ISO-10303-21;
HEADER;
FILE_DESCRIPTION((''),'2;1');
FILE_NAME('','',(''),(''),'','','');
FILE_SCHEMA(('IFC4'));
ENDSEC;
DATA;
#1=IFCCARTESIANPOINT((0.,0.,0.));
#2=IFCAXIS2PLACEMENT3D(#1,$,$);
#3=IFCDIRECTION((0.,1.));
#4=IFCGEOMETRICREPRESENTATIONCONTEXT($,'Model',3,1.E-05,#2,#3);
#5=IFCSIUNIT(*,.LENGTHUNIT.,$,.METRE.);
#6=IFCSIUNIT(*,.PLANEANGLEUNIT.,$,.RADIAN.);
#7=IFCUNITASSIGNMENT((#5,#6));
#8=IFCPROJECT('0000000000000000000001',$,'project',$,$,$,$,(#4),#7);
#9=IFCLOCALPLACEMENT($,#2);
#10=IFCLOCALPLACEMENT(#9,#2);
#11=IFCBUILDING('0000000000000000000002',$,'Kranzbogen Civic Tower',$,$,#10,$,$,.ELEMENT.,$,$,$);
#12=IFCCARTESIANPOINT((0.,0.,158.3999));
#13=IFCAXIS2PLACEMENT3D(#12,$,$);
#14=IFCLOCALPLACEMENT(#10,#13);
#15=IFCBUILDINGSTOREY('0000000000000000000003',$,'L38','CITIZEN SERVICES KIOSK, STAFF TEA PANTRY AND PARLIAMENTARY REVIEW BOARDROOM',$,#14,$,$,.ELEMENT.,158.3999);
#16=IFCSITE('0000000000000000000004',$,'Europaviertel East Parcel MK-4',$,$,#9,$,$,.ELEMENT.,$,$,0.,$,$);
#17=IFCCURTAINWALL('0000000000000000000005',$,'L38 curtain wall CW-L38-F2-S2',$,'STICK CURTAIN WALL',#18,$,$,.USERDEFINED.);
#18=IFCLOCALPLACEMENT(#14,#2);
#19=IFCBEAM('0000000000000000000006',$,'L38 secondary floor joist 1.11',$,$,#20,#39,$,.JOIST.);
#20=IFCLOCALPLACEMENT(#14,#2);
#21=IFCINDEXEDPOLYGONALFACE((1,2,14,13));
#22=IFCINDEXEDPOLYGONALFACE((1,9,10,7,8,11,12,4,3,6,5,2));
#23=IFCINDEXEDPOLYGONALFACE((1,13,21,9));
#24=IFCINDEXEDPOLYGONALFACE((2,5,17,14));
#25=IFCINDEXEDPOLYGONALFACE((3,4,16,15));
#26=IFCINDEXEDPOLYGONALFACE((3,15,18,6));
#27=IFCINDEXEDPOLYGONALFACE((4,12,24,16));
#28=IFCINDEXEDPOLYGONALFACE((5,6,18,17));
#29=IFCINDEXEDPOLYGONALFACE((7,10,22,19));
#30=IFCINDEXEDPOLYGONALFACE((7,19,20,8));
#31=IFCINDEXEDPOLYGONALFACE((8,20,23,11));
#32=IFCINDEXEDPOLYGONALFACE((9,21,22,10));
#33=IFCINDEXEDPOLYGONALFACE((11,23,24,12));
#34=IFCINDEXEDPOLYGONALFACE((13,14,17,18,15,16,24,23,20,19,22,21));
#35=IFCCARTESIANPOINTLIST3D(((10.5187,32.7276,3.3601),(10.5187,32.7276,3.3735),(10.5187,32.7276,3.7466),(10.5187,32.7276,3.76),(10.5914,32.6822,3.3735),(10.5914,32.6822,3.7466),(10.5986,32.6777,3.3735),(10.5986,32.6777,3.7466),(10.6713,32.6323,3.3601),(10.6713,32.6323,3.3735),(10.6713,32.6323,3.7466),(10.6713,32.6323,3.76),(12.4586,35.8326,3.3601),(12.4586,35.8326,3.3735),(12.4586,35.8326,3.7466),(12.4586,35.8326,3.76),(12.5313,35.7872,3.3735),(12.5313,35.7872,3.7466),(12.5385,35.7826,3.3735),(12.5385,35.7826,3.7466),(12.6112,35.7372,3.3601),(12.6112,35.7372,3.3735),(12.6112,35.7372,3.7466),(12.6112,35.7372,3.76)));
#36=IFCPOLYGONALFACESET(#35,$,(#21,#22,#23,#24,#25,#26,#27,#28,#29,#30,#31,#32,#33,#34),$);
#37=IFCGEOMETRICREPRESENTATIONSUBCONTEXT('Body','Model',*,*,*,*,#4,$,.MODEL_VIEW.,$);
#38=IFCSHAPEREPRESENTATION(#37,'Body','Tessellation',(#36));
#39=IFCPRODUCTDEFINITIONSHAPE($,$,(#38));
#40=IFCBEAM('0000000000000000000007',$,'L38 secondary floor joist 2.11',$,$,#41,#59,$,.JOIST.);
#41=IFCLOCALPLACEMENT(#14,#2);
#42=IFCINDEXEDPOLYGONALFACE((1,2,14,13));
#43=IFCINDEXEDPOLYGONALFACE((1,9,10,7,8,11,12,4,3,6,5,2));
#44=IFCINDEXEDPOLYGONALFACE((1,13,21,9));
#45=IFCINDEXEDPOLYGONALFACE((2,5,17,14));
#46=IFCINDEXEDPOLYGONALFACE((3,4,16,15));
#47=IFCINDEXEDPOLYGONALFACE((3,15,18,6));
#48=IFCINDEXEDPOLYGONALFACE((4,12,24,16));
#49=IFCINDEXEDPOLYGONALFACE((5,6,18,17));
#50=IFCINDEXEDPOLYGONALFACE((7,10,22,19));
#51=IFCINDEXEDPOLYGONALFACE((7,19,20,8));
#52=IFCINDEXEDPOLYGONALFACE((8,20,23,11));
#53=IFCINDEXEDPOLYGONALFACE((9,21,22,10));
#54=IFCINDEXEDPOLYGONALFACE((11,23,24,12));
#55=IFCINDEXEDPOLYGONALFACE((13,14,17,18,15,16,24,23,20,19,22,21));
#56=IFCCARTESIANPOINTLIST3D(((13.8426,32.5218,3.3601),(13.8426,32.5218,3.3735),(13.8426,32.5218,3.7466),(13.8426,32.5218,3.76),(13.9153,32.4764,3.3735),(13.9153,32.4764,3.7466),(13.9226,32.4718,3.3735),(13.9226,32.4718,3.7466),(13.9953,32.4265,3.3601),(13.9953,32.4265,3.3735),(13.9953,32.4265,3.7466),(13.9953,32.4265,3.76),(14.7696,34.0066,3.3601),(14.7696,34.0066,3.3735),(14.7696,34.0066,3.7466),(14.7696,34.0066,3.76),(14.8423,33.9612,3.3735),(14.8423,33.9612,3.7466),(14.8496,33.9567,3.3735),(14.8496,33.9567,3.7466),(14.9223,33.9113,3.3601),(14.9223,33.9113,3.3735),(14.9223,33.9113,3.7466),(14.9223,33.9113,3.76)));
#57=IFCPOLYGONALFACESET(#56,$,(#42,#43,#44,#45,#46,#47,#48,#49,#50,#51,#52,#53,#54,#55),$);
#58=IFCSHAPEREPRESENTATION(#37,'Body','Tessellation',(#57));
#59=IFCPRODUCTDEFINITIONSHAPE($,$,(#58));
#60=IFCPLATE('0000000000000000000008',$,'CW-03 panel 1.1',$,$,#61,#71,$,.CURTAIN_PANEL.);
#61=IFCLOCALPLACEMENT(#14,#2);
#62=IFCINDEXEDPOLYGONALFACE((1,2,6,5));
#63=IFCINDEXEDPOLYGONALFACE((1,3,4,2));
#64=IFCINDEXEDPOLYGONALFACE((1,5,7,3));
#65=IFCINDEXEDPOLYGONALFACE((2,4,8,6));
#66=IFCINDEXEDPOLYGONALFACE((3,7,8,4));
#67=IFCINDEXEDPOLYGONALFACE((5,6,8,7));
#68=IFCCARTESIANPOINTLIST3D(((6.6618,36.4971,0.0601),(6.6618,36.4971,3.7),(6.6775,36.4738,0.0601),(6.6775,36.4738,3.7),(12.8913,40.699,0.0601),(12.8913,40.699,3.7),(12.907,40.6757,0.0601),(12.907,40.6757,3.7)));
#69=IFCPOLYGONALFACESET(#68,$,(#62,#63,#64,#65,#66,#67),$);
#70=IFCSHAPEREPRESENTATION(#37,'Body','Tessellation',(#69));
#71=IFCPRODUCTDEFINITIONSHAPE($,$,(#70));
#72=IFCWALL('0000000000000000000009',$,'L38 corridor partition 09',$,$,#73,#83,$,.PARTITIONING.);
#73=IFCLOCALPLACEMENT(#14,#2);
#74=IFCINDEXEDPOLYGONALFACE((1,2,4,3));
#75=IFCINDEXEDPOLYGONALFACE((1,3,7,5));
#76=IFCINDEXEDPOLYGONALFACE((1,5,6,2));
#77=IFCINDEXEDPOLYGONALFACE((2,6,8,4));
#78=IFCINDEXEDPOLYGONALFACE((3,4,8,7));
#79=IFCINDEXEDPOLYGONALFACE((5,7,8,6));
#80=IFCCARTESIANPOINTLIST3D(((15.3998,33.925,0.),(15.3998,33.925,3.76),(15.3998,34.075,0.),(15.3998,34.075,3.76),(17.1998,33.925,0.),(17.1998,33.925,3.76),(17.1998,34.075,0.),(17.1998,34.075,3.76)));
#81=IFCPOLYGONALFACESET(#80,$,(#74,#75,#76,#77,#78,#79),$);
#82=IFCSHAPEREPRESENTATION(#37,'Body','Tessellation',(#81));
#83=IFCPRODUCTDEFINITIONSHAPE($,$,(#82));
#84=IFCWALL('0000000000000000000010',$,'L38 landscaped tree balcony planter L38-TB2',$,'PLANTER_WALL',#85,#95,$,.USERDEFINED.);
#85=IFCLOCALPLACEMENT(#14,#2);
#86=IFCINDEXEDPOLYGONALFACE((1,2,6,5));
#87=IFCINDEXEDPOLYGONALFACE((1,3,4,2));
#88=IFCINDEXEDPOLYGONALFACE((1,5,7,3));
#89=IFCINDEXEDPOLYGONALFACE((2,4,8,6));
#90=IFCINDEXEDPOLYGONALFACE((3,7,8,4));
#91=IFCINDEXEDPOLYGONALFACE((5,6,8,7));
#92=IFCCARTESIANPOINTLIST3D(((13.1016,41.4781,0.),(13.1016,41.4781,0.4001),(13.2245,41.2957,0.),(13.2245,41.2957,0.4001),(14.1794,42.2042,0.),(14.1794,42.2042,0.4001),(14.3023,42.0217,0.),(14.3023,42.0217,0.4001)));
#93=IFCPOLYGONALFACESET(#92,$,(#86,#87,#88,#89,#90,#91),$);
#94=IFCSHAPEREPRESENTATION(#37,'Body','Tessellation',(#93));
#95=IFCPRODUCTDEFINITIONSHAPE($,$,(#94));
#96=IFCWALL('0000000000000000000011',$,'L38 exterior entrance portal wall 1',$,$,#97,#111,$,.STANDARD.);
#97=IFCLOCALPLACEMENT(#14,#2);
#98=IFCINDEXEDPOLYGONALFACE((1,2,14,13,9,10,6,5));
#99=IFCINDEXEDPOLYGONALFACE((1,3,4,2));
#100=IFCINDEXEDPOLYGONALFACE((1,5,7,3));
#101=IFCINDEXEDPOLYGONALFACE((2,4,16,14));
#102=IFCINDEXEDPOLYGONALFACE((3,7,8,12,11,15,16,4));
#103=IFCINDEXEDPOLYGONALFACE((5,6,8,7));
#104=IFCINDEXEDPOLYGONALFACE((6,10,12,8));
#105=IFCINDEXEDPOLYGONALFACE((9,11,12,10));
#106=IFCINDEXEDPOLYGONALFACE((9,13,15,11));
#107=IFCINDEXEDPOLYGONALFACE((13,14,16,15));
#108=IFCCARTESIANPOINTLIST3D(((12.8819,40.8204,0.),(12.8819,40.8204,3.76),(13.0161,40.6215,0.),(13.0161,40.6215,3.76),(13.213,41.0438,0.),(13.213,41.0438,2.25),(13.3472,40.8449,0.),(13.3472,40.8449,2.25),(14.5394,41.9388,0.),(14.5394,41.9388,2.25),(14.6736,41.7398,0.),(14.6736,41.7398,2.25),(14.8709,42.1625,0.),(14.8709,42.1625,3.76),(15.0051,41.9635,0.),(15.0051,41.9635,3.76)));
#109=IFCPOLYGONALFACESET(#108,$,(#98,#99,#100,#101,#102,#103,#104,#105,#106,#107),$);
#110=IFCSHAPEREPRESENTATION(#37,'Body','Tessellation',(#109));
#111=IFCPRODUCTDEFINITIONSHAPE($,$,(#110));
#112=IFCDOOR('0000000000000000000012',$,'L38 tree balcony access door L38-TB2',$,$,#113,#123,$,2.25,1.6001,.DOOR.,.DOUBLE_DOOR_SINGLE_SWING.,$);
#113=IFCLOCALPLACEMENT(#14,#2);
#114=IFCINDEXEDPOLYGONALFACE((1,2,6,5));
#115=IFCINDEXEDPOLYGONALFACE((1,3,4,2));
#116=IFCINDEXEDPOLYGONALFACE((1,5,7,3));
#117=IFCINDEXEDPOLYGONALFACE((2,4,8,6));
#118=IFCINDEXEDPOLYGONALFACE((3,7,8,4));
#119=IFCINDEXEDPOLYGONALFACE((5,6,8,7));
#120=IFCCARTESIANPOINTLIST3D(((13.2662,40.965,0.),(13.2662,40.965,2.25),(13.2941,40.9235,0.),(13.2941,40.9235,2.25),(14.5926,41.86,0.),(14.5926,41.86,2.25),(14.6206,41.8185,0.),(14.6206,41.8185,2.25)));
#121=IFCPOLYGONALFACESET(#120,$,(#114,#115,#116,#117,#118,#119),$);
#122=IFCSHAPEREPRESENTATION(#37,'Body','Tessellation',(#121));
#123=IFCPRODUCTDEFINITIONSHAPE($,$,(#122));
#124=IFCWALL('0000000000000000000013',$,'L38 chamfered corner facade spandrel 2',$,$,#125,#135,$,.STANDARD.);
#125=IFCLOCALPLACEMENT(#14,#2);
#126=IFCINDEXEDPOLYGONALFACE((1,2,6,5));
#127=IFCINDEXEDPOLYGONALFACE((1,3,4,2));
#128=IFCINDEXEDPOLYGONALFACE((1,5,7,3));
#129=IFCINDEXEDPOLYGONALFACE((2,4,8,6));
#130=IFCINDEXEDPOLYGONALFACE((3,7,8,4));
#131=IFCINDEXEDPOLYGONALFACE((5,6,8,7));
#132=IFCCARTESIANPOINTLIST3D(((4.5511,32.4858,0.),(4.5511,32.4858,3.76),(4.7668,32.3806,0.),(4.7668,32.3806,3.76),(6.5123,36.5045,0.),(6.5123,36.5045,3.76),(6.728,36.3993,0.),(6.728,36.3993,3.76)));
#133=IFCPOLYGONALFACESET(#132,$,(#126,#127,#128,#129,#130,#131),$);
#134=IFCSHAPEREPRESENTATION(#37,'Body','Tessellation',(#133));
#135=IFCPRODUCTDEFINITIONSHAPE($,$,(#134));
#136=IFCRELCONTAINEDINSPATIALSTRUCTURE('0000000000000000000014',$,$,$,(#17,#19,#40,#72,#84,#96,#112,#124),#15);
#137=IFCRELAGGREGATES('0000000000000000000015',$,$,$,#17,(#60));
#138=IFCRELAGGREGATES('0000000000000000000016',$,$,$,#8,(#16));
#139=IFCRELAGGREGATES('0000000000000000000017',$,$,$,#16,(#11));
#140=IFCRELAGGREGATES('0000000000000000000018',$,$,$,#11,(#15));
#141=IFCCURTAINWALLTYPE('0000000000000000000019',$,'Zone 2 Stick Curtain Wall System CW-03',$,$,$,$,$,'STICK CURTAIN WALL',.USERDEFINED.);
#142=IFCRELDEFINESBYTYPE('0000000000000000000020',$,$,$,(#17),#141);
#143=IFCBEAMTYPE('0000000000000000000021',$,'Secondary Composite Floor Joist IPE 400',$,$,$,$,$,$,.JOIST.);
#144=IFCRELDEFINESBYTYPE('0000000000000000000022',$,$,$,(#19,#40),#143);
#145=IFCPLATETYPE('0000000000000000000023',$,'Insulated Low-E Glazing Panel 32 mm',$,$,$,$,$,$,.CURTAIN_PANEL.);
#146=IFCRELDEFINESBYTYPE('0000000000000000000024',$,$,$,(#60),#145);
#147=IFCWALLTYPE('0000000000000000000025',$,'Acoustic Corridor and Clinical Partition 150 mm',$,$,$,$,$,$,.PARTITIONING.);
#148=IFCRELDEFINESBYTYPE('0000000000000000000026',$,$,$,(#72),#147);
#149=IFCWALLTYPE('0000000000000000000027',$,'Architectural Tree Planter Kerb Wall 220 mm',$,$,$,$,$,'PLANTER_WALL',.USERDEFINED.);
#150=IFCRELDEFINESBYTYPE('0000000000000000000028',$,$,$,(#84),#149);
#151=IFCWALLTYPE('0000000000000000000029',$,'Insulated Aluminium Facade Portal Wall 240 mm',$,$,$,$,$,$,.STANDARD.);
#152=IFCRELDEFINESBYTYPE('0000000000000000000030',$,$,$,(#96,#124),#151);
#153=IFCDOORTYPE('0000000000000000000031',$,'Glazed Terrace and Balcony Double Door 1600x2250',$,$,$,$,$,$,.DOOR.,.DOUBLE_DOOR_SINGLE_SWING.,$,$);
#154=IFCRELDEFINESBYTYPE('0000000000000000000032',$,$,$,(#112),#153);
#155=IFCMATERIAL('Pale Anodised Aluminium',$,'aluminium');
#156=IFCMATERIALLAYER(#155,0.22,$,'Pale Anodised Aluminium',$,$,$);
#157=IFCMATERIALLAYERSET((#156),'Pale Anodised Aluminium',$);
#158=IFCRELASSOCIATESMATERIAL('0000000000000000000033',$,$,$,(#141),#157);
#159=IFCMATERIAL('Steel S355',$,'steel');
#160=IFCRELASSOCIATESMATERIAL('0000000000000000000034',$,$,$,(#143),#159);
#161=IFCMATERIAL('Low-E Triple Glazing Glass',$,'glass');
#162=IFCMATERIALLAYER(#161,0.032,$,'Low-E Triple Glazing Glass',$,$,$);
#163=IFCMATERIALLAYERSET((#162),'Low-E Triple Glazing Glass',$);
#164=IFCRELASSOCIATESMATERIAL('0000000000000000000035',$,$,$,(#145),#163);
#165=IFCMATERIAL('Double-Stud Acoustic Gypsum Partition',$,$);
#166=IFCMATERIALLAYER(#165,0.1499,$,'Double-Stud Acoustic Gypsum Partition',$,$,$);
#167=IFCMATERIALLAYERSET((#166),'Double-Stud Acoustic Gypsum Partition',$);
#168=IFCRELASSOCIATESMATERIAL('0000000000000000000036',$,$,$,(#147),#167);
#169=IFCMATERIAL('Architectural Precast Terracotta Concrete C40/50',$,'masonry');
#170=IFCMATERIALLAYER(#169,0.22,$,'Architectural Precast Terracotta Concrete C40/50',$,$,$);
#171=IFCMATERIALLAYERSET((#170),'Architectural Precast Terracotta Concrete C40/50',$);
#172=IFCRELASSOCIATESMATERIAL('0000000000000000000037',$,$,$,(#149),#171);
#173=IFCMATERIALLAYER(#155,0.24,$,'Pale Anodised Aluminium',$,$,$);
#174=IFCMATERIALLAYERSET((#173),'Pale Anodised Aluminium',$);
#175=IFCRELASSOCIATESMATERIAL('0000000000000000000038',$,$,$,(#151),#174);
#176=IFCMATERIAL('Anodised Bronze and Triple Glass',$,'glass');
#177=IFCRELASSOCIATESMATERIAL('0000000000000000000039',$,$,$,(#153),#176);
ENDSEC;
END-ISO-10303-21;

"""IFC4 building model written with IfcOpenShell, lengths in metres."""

from ifc_helpers import new_model, si_unit, direction, frame, frame_2d, origin, origin_2d, place, context, subcontext, project, spatial, rectangle, i_section, extrude, material, layer, layer_set, material_profile, profile_set, type_object, element, fill, aggregate, save


model = new_model("IFC4")

# Units and contexts
model_context = context("Model", 3, precision=1e-05, world=origin(), true_north=direction((0.0, 1.0)))
body_context = subcontext(model_context, "Body", "Model", "MODEL_VIEW")
ifc_project = project(units=[si_unit("LENGTHUNIT", "METRE"), si_unit("PLANEANGLEUNIT", "RADIAN")], contexts=[model_context])

# Site, building, storey
site_placement = place(None, origin())
site = spatial("IfcSite", under=ifc_project, at=site_placement, Name="Europaviertel East Parcel MK-4", CompositionType="ELEMENT", RefElevation=0.0)
building_placement = place(site_placement, origin())
building = spatial("IfcBuilding", under=site, at=building_placement, Name="Kranzbogen Civic Tower", CompositionType="ELEMENT")
storey_placement = place(building_placement, frame((0.0, 0.0, 158.3999)))
storey = spatial("IfcBuildingStorey", under=building, at=storey_placement, Name="L38", Description="CITIZEN SERVICES KIOSK, STAFF TEA PANTRY AND PARLIAMENTARY REVIEW BOARDROOM", CompositionType="ELEMENT", Elevation=158.3999)

# Shared definitions
ifc_material_1 = material(Name="Steel S355", Category="steel")

# Shared definitions
ifc_material_2 = material(Name="Pale Anodised Aluminium", Category="aluminium")
ifc_layer_1 = layer(ifc_material_2, 0.22, Name="Pale Anodised Aluminium")
ifc_layer_set_1 = layer_set([ifc_layer_1], Name="Pale Anodised Aluminium")
curtain_wall_type = type_object("IfcCurtainWallType", Name="Zone 2 Stick Curtain Wall System CW-03", ElementType="STICK CURTAIN WALL", PredefinedType="USERDEFINED", material=ifc_layer_set_1)

# Curtain wall
curtain_wall_1_placement = place(storey_placement, origin())
curtain_wall_1 = element("IfcCurtainWall", 1, at=curtain_wall_1_placement, inside=storey, type_object=curtain_wall_type, Name="L38 curtain wall CW-L38-F2-S2", ObjectType="STICK CURTAIN WALL", PredefinedType="USERDEFINED")

# Beams
ifc_material_profile_1 = material_profile(ifc_material_1, i_section(OverallWidth=0.1799, OverallDepth=0.3999, WebThickness=0.0085, FlangeThickness=0.0134, at=origin_2d()), Name="IPE 400")
ifc_profile_set_1 = profile_set([ifc_material_profile_1], Name="Steel S355")
beam_type_1 = type_object("IfcBeamType", Name="Secondary Composite Floor Joist IPE 400", PredefinedType="JOIST", material=ifc_profile_set_1)
beam_1_placement = place(storey_placement, frame((12.5349, 35.7849, 3.5601), z_axis=(-0.529867, -0.848081, 0.0), x_axis=(0.848081, -0.529867, 0.0)))
element("IfcBeam", 2, at=beam_1_placement, inside=storey, type_object=beam_type_1, Name="L38 secondary floor joist 1.11", PredefinedType="JOIST", context=body_context, shape_type="SweptSolid", body=[
    extrude(i_section(OverallWidth=0.1799, OverallDepth=0.3999, WebThickness=0.0085, FlangeThickness=0.0134, at=origin_2d()), origin(), (0.0, 0.0, 1.0), 3.6611),
])
beam_2_placement = place(storey_placement, frame((14.8459, 33.959, 3.5601), z_axis=(-0.529573, -0.848265, 0.0), x_axis=(0.848265, -0.529573, 0.0)))
element("IfcBeam", 3, at=beam_2_placement, inside=storey, type_object=beam_type_1, Name="L38 secondary floor joist 2.11", PredefinedType="JOIST", context=body_context, shape_type="SweptSolid", body=[
    extrude(i_section(OverallWidth=0.1799, OverallDepth=0.3999, WebThickness=0.0085, FlangeThickness=0.0134, at=origin_2d()), origin(), (0.0, 0.0, 1.0), 1.7505),
])

# Plate
ifc_material_3 = material(Name="Low-E Triple Glazing Glass", Category="glass")
ifc_layer_2 = layer(ifc_material_3, 0.032, Name="Low-E Triple Glazing Glass")
ifc_layer_set_2 = layer_set([ifc_layer_2], Name="Low-E Triple Glazing Glass")
plate_type = type_object("IfcPlateType", Name="Insulated Low-E Glazing Panel 32 mm", PredefinedType="CURTAIN_PANEL", material=ifc_layer_set_2)
plate_placement = place(storey_placement, frame((9.7844, 38.5864, 0.0601), z_axis=(0.0, 0.0, 1.0), x_axis=(-0.829035, -0.559196, 0.0)))
plate = element("IfcPlate", 4, at=plate_placement, type_object=plate_type, Name="CW-03 panel 1.1", PredefinedType="CURTAIN_PANEL", context=body_context, shape_type="SweptSolid", body=[
    extrude(rectangle(XDim=7.5142, YDim=0.0281, at=origin_2d()), origin(), (0.0, 0.0, 1.0), 3.6399),
])
aggregate(curtain_wall_1, [plate])

# Walls
ifc_material_4 = material(Name="Double-Stud Acoustic Gypsum Partition")
ifc_layer_3 = layer(ifc_material_4, 0.1499, Name="Double-Stud Acoustic Gypsum Partition")
ifc_layer_set_3 = layer_set([ifc_layer_3], Name="Double-Stud Acoustic Gypsum Partition")
wall_type_1 = type_object("IfcWallType", Name="Acoustic Corridor and Clinical Partition 150 mm", PredefinedType="PARTITIONING", material=ifc_layer_set_3)
wall_1_placement = place(storey_placement, frame((15.3999, 34.0, 0.0), z_axis=(0.0, 0.0, 1.0), x_axis=(1.0, 0.0, 0.0)))
element("IfcWall", 5, at=wall_1_placement, inside=storey, type_object=wall_type_1, Name="L38 corridor partition 09", PredefinedType="PARTITIONING", context=body_context, shape_type="SweptSolid", body=[
    extrude(rectangle(XDim=1.8, YDim=0.1499, at=frame_2d((0.8999, 0.0))), origin(), (0.0, 0.0, 1.0), 3.76),
])
ifc_material_5 = material(Name="Architectural Precast Terracotta Concrete C40/50", Category="masonry")
ifc_layer_4 = layer(ifc_material_5, 0.22, Name="Architectural Precast Terracotta Concrete C40/50")
ifc_layer_set_4 = layer_set([ifc_layer_4], Name="Architectural Precast Terracotta Concrete C40/50")
wall_type_2 = type_object("IfcWallType", Name="Architectural Tree Planter Kerb Wall 220 mm", ElementType="PLANTER_WALL", PredefinedType="USERDEFINED", material=ifc_layer_set_4)
wall_2_placement = place(storey_placement, frame((14.241, 42.113, 0.0), z_axis=(0.0, 0.0, 1.0), x_axis=(-0.829382, -0.558682, 0.0)))
element("IfcWall", 6, at=wall_2_placement, inside=storey, type_object=wall_type_2, Name="L38 landscaped tree balcony planter L38-TB2", ObjectType="PLANTER_WALL", PredefinedType="USERDEFINED", context=body_context, shape_type="SweptSolid", body=[
    extrude(rectangle(XDim=1.2996, YDim=0.22, at=frame_2d((0.6499, 0.0))), origin(), (0.0, 0.0, 1.0), 0.4001),
])

# Wall, opening, door
ifc_layer_5 = layer(ifc_material_2, 0.24, Name="Pale Anodised Aluminium")
ifc_layer_set_5 = layer_set([ifc_layer_5], Name="Pale Anodised Aluminium")
wall_type_3 = type_object("IfcWallType", Name="Insulated Aluminium Facade Portal Wall 240 mm", PredefinedType="STANDARD", material=ifc_layer_set_5)
wall_3_placement = place(storey_placement, frame((14.938, 42.063, 0.0), z_axis=(0.0, 0.0, 1.0), x_axis=(-0.828954, -0.559317, 0.0)))
wall_3 = element("IfcWall", 7, at=wall_3_placement, inside=storey, type_object=wall_type_3, Name="L38 exterior entrance portal wall 1", PredefinedType="STANDARD", context=body_context, shape_type="SweptSolid", body=[
    extrude(rectangle(XDim=2.3994, YDim=0.24, at=frame_2d((1.1997, 0.0))), origin(), (0.0, 0.0, 1.0), 3.76),
])
opening_placement = place(wall_3_placement, frame((0.3999, 0.0, 0.0)))
opening = element("IfcOpeningElement", 8, at=opening_placement, cuts=wall_3, PredefinedType="OPENING", context=body_context, shape_type="SweptSolid", body=[
    extrude(rectangle(XDim=1.6001, YDim=2.25, at=frame_2d((0.8, 1.125))), frame((0.0, 0.1299, 0.0), z_axis=(0.0, -1.0, 0.0), x_axis=(1.0, 0.0, 0.0)), (0.0, 0.0, 1.0), 0.26),
])
ifc_material_6 = material(Name="Anodised Bronze and Triple Glass", Category="glass")
door_type = type_object("IfcDoorType", Name="Glazed Terrace and Balcony Double Door 1600x2250", OperationType="DOUBLE_DOOR_SINGLE_SWING", PredefinedType="DOOR", material=ifc_material_6)
door_placement = place(opening_placement, frame((1.6001, 0.0, 0.0), z_axis=(0.0, 0.0, 1.0), x_axis=(-1.0, 0.0, 0.0)))
door = element("IfcDoor", 9, at=door_placement, inside=storey, type_object=door_type, Name="L38 tree balcony access door L38-TB2", OperationType="DOUBLE_DOOR_SINGLE_SWING", OverallHeight=2.25, OverallWidth=1.6001, PredefinedType="DOOR", context=body_context, shape_type="SweptSolid", body=[
    extrude(rectangle(XDim=1.6001, YDim=2.25, at=frame_2d((0.8, 1.125))), frame((0.0, 0.0249, 0.0), z_axis=(0.0, -1.0, 0.0), x_axis=(1.0, 0.0, 0.0)), (0.0, 0.0, 1.0), 0.05),
])
fill(opening, door)

# Wall
wall_4_placement = place(storey_placement, frame((6.6201, 36.4519, 0.0), z_axis=(0.0, 0.0, 1.0), x_axis=(-0.438567, -0.898699, 0.0)))
element("IfcWall", 10, at=wall_4_placement, inside=storey, type_object=wall_type_3, Name="L38 chamfered corner facade spandrel 2", PredefinedType="STANDARD", context=body_context, shape_type="SweptSolid", body=[
    extrude(rectangle(XDim=4.4717, YDim=0.24, at=frame_2d((2.2358, 0.0))), origin(), (0.0, 0.0, 1.0), 3.76),
])

save(model, "model.ifc")
